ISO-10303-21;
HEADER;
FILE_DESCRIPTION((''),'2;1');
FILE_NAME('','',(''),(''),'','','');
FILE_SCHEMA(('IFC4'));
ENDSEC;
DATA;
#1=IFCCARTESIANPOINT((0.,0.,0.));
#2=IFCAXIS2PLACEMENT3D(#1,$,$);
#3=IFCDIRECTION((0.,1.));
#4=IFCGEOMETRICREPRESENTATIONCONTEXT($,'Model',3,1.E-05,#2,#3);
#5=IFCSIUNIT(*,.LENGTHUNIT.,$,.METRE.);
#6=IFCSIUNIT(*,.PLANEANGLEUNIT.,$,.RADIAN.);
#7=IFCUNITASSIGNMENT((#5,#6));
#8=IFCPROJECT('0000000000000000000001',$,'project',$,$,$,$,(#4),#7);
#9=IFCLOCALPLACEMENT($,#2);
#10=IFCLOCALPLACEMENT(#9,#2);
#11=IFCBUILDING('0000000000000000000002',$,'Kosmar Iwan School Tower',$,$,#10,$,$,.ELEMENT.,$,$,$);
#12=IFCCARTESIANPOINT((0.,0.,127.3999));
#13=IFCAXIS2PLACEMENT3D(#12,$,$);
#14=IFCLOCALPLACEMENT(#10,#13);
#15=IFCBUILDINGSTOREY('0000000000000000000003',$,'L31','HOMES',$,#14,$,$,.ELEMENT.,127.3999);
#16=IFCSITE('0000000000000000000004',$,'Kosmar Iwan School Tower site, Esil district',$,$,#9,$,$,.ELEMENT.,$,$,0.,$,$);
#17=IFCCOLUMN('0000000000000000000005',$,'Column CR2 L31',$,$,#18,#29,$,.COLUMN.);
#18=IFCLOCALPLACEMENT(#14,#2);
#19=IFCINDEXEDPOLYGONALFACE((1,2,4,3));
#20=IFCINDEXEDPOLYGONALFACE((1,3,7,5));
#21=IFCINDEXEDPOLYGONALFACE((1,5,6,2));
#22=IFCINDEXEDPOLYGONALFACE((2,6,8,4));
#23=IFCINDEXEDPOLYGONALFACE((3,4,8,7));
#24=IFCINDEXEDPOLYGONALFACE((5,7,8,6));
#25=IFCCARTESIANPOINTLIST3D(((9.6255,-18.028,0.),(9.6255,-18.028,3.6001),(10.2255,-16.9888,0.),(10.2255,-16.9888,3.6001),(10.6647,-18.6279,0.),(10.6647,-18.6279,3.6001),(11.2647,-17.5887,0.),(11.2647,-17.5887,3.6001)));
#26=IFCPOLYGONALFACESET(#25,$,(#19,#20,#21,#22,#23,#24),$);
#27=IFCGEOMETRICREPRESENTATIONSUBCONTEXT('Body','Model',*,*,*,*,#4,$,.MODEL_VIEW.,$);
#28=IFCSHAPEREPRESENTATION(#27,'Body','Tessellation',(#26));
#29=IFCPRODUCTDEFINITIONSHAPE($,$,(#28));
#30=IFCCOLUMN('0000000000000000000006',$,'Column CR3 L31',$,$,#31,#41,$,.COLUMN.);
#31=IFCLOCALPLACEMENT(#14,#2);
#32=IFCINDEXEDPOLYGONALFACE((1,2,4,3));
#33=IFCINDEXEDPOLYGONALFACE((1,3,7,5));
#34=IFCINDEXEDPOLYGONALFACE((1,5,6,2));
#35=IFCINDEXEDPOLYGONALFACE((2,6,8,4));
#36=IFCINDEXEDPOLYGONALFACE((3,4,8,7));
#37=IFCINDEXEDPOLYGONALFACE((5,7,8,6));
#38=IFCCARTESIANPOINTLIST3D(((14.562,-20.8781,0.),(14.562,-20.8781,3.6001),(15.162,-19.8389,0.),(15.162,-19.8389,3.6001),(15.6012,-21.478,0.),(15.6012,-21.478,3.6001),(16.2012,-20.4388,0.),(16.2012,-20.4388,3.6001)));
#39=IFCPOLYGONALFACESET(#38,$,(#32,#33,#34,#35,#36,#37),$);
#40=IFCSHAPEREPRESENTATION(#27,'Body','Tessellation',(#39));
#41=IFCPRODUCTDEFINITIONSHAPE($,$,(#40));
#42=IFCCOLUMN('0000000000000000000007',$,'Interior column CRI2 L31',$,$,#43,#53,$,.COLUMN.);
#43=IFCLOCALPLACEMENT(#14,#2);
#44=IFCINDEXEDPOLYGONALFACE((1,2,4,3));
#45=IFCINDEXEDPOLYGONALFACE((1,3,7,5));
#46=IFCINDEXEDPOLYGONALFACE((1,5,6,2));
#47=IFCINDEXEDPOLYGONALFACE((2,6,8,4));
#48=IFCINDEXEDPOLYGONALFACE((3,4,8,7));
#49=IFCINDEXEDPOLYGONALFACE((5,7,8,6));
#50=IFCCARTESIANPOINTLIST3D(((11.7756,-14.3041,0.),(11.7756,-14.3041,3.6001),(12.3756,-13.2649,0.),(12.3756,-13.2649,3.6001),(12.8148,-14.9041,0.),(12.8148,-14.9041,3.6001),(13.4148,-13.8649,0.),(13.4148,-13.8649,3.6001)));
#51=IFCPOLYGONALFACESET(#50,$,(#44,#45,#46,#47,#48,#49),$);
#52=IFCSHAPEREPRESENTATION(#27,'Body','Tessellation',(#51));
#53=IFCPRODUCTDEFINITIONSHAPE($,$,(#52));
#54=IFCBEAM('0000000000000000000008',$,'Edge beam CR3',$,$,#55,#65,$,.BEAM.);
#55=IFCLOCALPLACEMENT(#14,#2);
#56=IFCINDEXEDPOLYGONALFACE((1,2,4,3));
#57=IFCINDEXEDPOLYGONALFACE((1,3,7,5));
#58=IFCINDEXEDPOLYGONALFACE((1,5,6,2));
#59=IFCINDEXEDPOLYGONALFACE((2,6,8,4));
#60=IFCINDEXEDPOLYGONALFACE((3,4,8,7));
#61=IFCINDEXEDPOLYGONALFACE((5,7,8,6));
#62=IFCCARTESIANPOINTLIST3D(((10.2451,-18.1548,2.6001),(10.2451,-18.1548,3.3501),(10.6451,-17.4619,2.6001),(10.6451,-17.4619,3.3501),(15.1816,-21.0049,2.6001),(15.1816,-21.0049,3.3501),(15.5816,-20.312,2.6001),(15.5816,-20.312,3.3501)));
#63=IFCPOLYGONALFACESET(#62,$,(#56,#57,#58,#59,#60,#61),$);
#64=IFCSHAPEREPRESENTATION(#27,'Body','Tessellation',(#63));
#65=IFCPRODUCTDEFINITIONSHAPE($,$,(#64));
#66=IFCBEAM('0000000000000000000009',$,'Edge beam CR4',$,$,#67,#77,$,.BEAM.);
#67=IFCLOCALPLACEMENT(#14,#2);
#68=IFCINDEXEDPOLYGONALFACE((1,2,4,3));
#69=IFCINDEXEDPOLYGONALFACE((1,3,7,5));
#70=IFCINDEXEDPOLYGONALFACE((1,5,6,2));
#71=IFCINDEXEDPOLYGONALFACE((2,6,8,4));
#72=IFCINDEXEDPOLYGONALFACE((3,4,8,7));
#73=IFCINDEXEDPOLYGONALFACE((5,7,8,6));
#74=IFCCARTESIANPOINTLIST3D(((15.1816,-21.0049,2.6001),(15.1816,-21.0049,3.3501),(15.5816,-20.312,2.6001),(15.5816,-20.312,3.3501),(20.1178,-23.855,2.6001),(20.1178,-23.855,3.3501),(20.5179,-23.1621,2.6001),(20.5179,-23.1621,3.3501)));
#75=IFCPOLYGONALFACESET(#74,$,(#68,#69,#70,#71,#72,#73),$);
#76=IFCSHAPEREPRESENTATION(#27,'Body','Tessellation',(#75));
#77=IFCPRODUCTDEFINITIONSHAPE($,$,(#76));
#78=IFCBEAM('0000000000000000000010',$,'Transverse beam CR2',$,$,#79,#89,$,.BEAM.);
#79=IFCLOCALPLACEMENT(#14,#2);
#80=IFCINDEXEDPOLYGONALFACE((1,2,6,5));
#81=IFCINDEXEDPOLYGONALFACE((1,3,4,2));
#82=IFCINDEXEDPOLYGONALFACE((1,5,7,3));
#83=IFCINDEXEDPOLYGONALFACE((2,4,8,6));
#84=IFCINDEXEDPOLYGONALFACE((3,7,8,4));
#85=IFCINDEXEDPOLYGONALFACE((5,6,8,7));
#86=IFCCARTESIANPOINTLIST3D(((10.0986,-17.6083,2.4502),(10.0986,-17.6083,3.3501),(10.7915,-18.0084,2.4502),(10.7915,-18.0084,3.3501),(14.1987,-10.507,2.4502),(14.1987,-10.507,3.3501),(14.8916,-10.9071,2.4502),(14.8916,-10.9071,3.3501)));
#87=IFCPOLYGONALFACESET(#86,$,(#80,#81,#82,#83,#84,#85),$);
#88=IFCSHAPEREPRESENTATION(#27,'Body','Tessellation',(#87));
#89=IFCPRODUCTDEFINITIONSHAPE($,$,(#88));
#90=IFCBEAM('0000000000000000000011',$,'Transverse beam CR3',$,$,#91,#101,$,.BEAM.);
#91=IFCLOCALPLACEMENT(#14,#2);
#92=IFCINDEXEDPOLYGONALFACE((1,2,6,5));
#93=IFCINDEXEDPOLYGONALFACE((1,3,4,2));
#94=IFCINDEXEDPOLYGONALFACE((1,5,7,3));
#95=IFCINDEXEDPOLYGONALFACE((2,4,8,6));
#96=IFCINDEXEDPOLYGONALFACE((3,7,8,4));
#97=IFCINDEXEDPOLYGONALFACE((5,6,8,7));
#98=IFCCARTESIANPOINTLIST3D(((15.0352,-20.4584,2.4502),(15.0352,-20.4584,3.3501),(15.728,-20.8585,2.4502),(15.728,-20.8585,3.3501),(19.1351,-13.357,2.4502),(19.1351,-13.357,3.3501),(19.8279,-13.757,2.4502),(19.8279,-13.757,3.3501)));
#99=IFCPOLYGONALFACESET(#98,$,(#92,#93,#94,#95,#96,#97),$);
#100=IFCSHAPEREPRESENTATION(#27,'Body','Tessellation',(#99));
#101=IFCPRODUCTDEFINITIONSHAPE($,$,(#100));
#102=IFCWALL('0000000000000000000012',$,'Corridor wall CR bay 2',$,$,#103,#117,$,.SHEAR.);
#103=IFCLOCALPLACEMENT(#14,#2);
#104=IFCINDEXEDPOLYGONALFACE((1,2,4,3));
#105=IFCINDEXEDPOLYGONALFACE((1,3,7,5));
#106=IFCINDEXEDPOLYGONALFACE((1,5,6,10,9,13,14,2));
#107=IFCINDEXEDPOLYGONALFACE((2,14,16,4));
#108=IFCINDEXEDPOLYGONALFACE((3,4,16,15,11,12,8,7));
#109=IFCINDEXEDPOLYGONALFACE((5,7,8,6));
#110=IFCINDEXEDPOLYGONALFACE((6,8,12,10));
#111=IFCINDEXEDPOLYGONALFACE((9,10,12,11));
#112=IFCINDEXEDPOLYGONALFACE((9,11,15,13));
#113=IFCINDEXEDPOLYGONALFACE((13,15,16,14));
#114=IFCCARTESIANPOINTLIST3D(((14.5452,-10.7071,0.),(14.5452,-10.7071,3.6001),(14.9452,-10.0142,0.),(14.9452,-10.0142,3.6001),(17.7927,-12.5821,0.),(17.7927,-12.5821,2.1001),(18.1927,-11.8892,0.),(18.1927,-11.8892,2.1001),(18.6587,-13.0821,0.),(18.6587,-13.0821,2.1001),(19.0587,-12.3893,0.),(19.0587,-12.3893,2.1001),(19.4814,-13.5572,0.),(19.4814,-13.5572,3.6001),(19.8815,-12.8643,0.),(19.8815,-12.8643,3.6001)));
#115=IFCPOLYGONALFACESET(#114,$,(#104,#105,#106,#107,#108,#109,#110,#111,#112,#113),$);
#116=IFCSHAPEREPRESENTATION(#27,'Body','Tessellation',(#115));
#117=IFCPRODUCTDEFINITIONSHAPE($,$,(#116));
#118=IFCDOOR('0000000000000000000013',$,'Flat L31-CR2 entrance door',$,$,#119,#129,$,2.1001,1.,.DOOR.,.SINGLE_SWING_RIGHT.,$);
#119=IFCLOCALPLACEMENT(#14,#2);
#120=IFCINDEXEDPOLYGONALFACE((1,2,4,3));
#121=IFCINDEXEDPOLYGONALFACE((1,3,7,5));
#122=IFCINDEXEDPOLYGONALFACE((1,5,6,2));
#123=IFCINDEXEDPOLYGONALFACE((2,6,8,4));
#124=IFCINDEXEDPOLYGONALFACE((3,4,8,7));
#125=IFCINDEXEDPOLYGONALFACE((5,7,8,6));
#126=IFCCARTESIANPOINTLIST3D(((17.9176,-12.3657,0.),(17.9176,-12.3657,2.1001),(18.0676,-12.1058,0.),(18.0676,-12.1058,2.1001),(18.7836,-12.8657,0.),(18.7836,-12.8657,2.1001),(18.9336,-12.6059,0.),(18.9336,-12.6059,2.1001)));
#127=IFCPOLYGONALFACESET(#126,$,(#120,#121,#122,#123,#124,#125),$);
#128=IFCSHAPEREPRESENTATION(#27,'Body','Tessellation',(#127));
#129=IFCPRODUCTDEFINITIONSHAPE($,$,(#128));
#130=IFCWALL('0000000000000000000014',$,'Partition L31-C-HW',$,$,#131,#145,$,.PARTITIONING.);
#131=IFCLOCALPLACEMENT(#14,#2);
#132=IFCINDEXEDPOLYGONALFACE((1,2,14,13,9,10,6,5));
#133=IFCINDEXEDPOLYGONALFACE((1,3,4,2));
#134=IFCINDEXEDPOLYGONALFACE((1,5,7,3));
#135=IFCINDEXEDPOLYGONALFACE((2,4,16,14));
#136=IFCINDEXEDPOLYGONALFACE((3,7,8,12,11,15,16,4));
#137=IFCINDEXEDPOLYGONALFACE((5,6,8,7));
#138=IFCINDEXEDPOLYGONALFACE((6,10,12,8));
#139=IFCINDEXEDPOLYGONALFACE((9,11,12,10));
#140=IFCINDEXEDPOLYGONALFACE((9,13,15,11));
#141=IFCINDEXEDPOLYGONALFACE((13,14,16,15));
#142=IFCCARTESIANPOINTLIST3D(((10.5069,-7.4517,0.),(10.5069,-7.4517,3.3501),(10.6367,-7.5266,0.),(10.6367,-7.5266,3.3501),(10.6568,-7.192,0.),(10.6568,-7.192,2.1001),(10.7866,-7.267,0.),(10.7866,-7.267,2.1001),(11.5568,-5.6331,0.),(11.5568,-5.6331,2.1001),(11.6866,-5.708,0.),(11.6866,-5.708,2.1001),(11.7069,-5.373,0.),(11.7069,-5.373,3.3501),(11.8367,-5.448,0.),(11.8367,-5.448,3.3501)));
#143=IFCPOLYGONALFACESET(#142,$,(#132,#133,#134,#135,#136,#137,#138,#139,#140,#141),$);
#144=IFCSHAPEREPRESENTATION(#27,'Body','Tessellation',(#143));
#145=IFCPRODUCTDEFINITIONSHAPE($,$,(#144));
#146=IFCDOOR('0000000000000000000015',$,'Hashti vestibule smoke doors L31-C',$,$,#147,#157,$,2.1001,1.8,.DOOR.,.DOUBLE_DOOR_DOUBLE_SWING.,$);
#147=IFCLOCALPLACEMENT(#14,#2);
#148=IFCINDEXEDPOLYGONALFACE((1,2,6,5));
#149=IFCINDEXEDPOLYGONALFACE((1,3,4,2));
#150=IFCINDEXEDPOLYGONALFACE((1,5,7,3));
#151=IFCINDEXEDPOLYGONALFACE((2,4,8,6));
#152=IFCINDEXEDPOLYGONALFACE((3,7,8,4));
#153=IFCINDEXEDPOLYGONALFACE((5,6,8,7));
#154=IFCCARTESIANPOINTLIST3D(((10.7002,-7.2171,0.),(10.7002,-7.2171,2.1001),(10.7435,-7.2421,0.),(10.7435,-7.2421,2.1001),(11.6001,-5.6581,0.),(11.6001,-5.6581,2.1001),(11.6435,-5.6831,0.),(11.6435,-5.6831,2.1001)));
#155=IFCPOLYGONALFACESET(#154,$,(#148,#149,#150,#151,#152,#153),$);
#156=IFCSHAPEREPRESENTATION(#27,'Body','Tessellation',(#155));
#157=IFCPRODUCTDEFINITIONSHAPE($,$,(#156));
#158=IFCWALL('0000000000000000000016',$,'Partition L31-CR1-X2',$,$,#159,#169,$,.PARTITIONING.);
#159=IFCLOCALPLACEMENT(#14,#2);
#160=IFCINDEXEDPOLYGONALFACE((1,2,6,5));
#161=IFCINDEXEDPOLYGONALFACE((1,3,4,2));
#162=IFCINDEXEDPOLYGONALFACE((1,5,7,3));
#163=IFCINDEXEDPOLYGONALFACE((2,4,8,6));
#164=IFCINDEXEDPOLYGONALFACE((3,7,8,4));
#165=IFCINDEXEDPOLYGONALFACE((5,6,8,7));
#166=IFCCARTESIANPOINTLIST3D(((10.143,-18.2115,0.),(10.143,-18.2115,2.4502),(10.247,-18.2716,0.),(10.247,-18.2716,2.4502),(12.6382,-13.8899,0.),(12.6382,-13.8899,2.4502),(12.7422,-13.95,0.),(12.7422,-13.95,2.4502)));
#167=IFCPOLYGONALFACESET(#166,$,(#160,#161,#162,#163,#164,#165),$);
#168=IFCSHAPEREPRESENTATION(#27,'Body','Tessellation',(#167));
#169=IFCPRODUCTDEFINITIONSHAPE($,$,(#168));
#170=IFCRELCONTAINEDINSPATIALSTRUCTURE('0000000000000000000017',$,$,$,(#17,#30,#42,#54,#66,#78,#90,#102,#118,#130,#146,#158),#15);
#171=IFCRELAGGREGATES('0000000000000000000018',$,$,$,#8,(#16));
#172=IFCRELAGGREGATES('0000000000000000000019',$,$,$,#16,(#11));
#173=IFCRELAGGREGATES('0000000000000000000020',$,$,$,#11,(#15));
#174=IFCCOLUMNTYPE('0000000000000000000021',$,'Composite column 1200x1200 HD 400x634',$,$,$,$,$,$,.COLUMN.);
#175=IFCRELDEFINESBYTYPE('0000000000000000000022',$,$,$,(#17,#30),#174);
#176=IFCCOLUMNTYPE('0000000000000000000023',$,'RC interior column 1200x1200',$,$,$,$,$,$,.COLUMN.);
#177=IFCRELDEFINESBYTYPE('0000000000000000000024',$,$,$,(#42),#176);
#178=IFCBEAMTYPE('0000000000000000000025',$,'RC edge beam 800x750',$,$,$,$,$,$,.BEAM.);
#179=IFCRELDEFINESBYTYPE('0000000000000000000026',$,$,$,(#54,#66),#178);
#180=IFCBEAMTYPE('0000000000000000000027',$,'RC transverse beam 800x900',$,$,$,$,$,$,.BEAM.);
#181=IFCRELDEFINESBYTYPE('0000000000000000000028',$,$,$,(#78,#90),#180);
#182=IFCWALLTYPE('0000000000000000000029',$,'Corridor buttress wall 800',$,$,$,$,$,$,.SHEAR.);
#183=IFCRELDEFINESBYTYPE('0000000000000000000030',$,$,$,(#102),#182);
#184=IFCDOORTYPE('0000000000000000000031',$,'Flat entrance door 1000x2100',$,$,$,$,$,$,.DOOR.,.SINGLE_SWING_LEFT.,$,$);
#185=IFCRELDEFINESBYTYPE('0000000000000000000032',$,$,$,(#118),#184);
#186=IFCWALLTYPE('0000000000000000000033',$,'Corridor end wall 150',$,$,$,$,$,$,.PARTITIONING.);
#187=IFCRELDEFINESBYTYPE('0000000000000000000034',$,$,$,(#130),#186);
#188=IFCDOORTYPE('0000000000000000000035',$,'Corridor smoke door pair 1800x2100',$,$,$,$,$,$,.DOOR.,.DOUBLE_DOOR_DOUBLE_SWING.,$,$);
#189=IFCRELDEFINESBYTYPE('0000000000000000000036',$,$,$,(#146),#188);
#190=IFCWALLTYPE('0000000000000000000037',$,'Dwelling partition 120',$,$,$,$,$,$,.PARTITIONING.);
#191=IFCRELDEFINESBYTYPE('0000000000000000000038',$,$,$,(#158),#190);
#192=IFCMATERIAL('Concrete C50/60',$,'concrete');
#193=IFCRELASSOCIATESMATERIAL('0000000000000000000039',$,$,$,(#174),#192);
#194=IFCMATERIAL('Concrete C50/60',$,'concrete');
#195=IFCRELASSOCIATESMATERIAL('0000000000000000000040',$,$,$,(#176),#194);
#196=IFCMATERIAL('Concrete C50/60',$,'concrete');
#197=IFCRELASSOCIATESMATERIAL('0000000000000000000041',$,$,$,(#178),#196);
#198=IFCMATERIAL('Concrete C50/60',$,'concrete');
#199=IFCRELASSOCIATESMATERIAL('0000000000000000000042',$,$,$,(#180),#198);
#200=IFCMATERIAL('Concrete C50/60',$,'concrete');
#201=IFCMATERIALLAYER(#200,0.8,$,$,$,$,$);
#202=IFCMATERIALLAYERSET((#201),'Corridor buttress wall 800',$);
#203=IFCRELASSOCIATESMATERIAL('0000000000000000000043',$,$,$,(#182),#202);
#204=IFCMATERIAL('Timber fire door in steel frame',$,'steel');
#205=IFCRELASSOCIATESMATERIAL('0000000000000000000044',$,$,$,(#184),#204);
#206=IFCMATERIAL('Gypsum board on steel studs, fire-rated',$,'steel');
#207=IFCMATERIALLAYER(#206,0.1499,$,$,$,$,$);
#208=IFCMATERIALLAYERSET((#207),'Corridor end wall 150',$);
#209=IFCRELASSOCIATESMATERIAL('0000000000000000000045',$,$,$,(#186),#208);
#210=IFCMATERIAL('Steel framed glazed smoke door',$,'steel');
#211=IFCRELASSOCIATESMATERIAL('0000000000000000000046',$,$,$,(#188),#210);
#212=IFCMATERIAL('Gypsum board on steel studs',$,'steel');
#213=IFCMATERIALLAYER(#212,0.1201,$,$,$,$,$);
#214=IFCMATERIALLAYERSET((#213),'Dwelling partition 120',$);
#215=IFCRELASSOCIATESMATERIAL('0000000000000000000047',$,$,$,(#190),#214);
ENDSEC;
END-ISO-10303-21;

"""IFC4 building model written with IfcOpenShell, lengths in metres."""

from ifc_helpers import new_model, si_unit, direction, frame, frame_2d, origin, origin_2d, place, context, subcontext, project, spatial, rectangle, extrude, material, layer, layer_set, material_profile, profile_set, type_object, element, fill, save


model = new_model("IFC4")

# Units and contexts
model_context = context("Model", 3, precision=1e-05, world=origin(), true_north=direction((0.0, 1.0)))
body_context = subcontext(model_context, "Body", "Model", "MODEL_VIEW")
ifc_project = project(units=[si_unit("LENGTHUNIT", "METRE"), si_unit("PLANEANGLEUNIT", "RADIAN")], contexts=[model_context])

# Site, building, storey
site_placement = place(None, origin())
site = spatial("IfcSite", under=ifc_project, at=site_placement, Name="Kosmar Iwan School Tower site, Esil district", CompositionType="ELEMENT", RefElevation=0.0)
building_placement = place(site_placement, origin())
building = spatial("IfcBuilding", under=site, at=building_placement, Name="Kosmar Iwan School Tower", CompositionType="ELEMENT")
storey_placement = place(building_placement, frame((0.0, 0.0, 127.3999)))
storey = spatial("IfcBuildingStorey", under=building, at=storey_placement, Name="L31", Description="HOMES", CompositionType="ELEMENT", Elevation=127.3999)

# Columns
ifc_material_1 = material(Name="Concrete C50/60", Category="concrete")
ifc_material_profile_1 = material_profile(ifc_material_1, rectangle(XDim=1.2, YDim=1.2, at=origin_2d()), Name="RC 1200x1200 + HD 400x634")
ifc_profile_set_1 = profile_set([ifc_material_profile_1], Name="Concrete C50/60")
column_type_1 = type_object("IfcColumnType", Name="Composite column 1200x1200 HD 400x634", PredefinedType="COLUMN", material=ifc_profile_set_1)
for number, where, z_axis, x_axis, name in (
    (1, (10.4451, -17.8083, 0.0), (0.0, 0.0, 1.0), (0.866025, -0.5, 0.0), "Column CR2 L31"),
    (2, (15.3816, -20.6584, 0.0), (0.0, 0.0, 1.0), (0.866025, -0.5, 0.0), "Column CR3 L31"),
):
    element("IfcColumn", number, at=place(storey_placement, frame(where, z_axis=z_axis, x_axis=x_axis)), inside=storey, type_object=column_type_1, Name=name, PredefinedType="COLUMN", context=body_context, shape_type="SweptSolid", body=[
        extrude(rectangle(XDim=1.2, YDim=1.2, at=origin_2d()), origin(), (0.0, 0.0, 1.0), 3.6001),
    ])
ifc_material_2 = material(Name="Concrete C50/60", Category="concrete")
ifc_material_profile_2 = material_profile(ifc_material_2, rectangle(XDim=1.2, YDim=1.2, at=origin_2d()), Name="RC 1200x1200")
ifc_profile_set_2 = profile_set([ifc_material_profile_2], Name="Concrete C50/60")
column_type_2 = type_object("IfcColumnType", Name="RC interior column 1200x1200", PredefinedType="COLUMN", material=ifc_profile_set_2)
column_placement = place(storey_placement, frame((12.5952, -14.0845, 0.0), z_axis=(0.0, 0.0, 1.0), x_axis=(0.866025, -0.5, 0.0)))
element("IfcColumn", 3, at=column_placement, inside=storey, type_object=column_type_2, Name="Interior column CRI2 L31", PredefinedType="COLUMN", context=body_context, shape_type="SweptSolid", body=[
    extrude(rectangle(XDim=1.2, YDim=1.2, at=origin_2d()), origin(), (0.0, 0.0, 1.0), 3.6001),
])

# Beams
ifc_material_3 = material(Name="Concrete C50/60", Category="concrete")
ifc_material_profile_3 = material_profile(ifc_material_3, rectangle(XDim=0.8, YDim=0.75, at=origin_2d()), Name="RC 800x750")
ifc_profile_set_3 = profile_set([ifc_material_profile_3], Name="Concrete C50/60")
beam_type_1 = type_object("IfcBeamType", Name="RC edge beam 800x750", PredefinedType="BEAM", material=ifc_profile_set_3)
beam_1_placement = place(storey_placement, frame((10.4451, -17.8083, 2.9751), z_axis=(0.866026, -0.499999, 0.0), x_axis=(0.499999, 0.866026, 0.0)))
element("IfcBeam", 4, at=beam_1_placement, inside=storey, type_object=beam_type_1, Name="Edge beam CR3", PredefinedType="BEAM", context=body_context, shape_type="SweptSolid", body=[
    extrude(rectangle(XDim=0.8, YDim=0.75, at=origin_2d()), origin(), (0.0, 0.0, 1.0), 5.7002),
])
beam_2_placement = place(storey_placement, frame((15.3816, -20.6584, 2.9751), z_axis=(0.866015, -0.500018, 0.0), x_axis=(0.500018, 0.866015, 0.0)))
element("IfcBeam", 5, at=beam_2_placement, inside=storey, type_object=beam_type_1, Name="Edge beam CR4", PredefinedType="BEAM", context=body_context, shape_type="SweptSolid", body=[
    extrude(rectangle(XDim=0.8, YDim=0.75, at=origin_2d()), origin(), (0.0, 0.0, 1.0), 5.7),
])
ifc_material_4 = material(Name="Concrete C50/60", Category="concrete")
ifc_material_profile_4 = material_profile(ifc_material_4, rectangle(XDim=0.8, YDim=0.8999, at=origin_2d()), Name="RC 800x900")
ifc_profile_set_4 = profile_set([ifc_material_profile_4], Name="Concrete C50/60")
beam_type_2 = type_object("IfcBeamType", Name="RC transverse beam 800x900", PredefinedType="BEAM", material=ifc_profile_set_4)
for number, where, z_axis, x_axis, name in (
    (6, (10.4451, -17.8083, 2.9001), (0.500014, 0.866018, 0.0), (-0.866018, 0.500014, 0.0), "Transverse beam CR2"),
    (7, (15.3816, -20.6584, 2.9001), (0.499991, 0.86603, 0.0), (-0.86603, 0.499991, 0.0), "Transverse beam CR3"),
):
    element("IfcBeam", number, at=place(storey_placement, frame(where, z_axis=z_axis, x_axis=x_axis)), inside=storey, type_object=beam_type_2, Name=name, PredefinedType="BEAM", context=body_context, shape_type="SweptSolid", body=[
        extrude(rectangle(XDim=0.8, YDim=0.8999, at=origin_2d()), origin(), (0.0, 0.0, 1.0), 8.2),
    ])

# Walls, openings, doors
ifc_material_5 = material(Name="Concrete C50/60", Category="concrete")
ifc_layer_1 = layer(ifc_material_5, 0.8)
ifc_layer_set_1 = layer_set([ifc_layer_1], Name="Corridor buttress wall 800")
wall_type_1 = type_object("IfcWallType", Name="Corridor buttress wall 800", PredefinedType="SHEAR", material=ifc_layer_set_1)
wall_1_placement = place(storey_placement, frame((14.7451, -10.3606, 0.0), z_axis=(0.0, 0.0, 1.0), x_axis=(0.866015, -0.500018, 0.0)))
wall_1 = element("IfcWall", 8, at=wall_1_placement, inside=storey, type_object=wall_type_1, Name="Corridor wall CR bay 2", PredefinedType="SHEAR", context=body_context, shape_type="SweptSolid", body=[
    extrude(rectangle(XDim=5.7, YDim=0.8, at=frame_2d((2.8501, 0.0))), origin(), (0.0, 0.0, 1.0), 3.6001),
])
opening_1_placement = place(wall_1_placement, frame((3.75, 0.0, 0.0)))
opening_1 = element("IfcOpeningElement", 9, at=opening_1_placement, cuts=wall_1, PredefinedType="OPENING", context=body_context, shape_type="SweptSolid", body=[
    extrude(rectangle(XDim=1.0, YDim=2.1001, at=frame_2d((0.5, 1.05))), frame((0.0, 0.4121, 0.0), z_axis=(0.0, -1.0, 0.0), x_axis=(1.0, 0.0, 0.0)), (0.0, 0.0, 1.0), 0.824),
])
ifc_material_6 = material(Name="Timber fire door in steel frame", Category="steel")
door_type_1 = type_object("IfcDoorType", Name="Flat entrance door 1000x2100", OperationType="SINGLE_SWING_LEFT", PredefinedType="DOOR", material=ifc_material_6)
door_1_placement = place(opening_1_placement, origin())
door_1 = element("IfcDoor", 10, at=door_1_placement, inside=storey, type_object=door_type_1, Name="Flat L31-CR2 entrance door", OperationType="SINGLE_SWING_RIGHT", OverallHeight=2.1001, OverallWidth=1.0, PredefinedType="DOOR", context=body_context, shape_type="SweptSolid", body=[
    extrude(rectangle(XDim=1.0, YDim=2.1001, at=frame_2d((0.5, 1.05))), frame((0.0, 0.1499, 0.0), z_axis=(0.0, -1.0, 0.0), x_axis=(1.0, 0.0, 0.0)), (0.0, 0.0, 1.0), 0.3),
])
fill(opening_1, door_1)
ifc_material_7 = material(Name="Gypsum board on steel studs, fire-rated", Category="steel")
ifc_layer_2 = layer(ifc_material_7, 0.1499)
ifc_layer_set_2 = layer_set([ifc_layer_2], Name="Corridor end wall 150")
wall_type_2 = type_object("IfcWallType", Name="Corridor end wall 150", PredefinedType="PARTITIONING", material=ifc_layer_set_2)
wall_2_placement = place(storey_placement, frame((10.5718, -7.4893, 0.0), z_axis=(0.0, 0.0, 1.0), x_axis=(0.499957, 0.86605, 0.0)))
wall_2 = element("IfcWall", 11, at=wall_2_placement, inside=storey, type_object=wall_type_2, Name="Partition L31-C-HW", PredefinedType="PARTITIONING", context=body_context, shape_type="SweptSolid", body=[
    extrude(rectangle(XDim=2.4001, YDim=0.1499, at=frame_2d((1.2002, 0.0))), origin(), (0.0, 0.0, 1.0), 3.3501),
])
opening_2_placement = place(wall_2_placement, frame((0.3, 0.0, 0.0)))
opening_2 = element("IfcOpeningElement", 12, at=opening_2_placement, cuts=wall_2, PredefinedType="OPENING", context=body_context, shape_type="SweptSolid", body=[
    extrude(rectangle(XDim=1.8, YDim=2.1001, at=frame_2d((0.8999, 1.05))), frame((0.0, 0.0869, 0.0), z_axis=(0.0, -1.0, 0.0), x_axis=(1.0, 0.0, 0.0)), (0.0, 0.0, 1.0), 0.1738),
])
ifc_material_8 = material(Name="Steel framed glazed smoke door", Category="steel")
door_type_2 = type_object("IfcDoorType", Name="Corridor smoke door pair 1800x2100", OperationType="DOUBLE_DOOR_DOUBLE_SWING", PredefinedType="DOOR", material=ifc_material_8)
door_2_placement = place(opening_2_placement, origin())
door_2 = element("IfcDoor", 13, at=door_2_placement, inside=storey, type_object=door_type_2, Name="Hashti vestibule smoke doors L31-C", OperationType="DOUBLE_DOOR_DOUBLE_SWING", OverallHeight=2.1001, OverallWidth=1.8, PredefinedType="DOOR", context=body_context, shape_type="SweptSolid", body=[
    extrude(rectangle(XDim=1.8, YDim=2.1001, at=frame_2d((0.8999, 1.05))), frame((0.0, 0.0249, 0.0), z_axis=(0.0, -1.0, 0.0), x_axis=(1.0, 0.0, 0.0)), (0.0, 0.0, 1.0), 0.05),
])
fill(opening_2, door_2)

# Wall
ifc_material_9 = material(Name="Gypsum board on steel studs", Category="steel")
ifc_layer_3 = layer(ifc_material_9, 0.1201)
ifc_layer_set_3 = layer_set([ifc_layer_3], Name="Dwelling partition 120")
wall_type_3 = type_object("IfcWallType", Name="Dwelling partition 120", PredefinedType="PARTITIONING", material=ifc_layer_set_3)
wall_3_placement = place(storey_placement, frame((12.6902, -13.9199, 0.0), z_axis=(0.0, 0.0, 1.0), x_axis=(-0.500012, -0.866019, 0.0)))
element("IfcWall", 14, at=wall_3_placement, inside=storey, type_object=wall_type_3, Name="Partition L31-CR1-X2", PredefinedType="PARTITIONING", context=body_context, shape_type="SweptSolid", body=[
    extrude(rectangle(XDim=4.9902, YDim=0.1201, at=frame_2d((2.4951, 0.0))), origin(), (0.0, 0.0, 1.0), 2.4502),
])

save(model, "model.ifc")
